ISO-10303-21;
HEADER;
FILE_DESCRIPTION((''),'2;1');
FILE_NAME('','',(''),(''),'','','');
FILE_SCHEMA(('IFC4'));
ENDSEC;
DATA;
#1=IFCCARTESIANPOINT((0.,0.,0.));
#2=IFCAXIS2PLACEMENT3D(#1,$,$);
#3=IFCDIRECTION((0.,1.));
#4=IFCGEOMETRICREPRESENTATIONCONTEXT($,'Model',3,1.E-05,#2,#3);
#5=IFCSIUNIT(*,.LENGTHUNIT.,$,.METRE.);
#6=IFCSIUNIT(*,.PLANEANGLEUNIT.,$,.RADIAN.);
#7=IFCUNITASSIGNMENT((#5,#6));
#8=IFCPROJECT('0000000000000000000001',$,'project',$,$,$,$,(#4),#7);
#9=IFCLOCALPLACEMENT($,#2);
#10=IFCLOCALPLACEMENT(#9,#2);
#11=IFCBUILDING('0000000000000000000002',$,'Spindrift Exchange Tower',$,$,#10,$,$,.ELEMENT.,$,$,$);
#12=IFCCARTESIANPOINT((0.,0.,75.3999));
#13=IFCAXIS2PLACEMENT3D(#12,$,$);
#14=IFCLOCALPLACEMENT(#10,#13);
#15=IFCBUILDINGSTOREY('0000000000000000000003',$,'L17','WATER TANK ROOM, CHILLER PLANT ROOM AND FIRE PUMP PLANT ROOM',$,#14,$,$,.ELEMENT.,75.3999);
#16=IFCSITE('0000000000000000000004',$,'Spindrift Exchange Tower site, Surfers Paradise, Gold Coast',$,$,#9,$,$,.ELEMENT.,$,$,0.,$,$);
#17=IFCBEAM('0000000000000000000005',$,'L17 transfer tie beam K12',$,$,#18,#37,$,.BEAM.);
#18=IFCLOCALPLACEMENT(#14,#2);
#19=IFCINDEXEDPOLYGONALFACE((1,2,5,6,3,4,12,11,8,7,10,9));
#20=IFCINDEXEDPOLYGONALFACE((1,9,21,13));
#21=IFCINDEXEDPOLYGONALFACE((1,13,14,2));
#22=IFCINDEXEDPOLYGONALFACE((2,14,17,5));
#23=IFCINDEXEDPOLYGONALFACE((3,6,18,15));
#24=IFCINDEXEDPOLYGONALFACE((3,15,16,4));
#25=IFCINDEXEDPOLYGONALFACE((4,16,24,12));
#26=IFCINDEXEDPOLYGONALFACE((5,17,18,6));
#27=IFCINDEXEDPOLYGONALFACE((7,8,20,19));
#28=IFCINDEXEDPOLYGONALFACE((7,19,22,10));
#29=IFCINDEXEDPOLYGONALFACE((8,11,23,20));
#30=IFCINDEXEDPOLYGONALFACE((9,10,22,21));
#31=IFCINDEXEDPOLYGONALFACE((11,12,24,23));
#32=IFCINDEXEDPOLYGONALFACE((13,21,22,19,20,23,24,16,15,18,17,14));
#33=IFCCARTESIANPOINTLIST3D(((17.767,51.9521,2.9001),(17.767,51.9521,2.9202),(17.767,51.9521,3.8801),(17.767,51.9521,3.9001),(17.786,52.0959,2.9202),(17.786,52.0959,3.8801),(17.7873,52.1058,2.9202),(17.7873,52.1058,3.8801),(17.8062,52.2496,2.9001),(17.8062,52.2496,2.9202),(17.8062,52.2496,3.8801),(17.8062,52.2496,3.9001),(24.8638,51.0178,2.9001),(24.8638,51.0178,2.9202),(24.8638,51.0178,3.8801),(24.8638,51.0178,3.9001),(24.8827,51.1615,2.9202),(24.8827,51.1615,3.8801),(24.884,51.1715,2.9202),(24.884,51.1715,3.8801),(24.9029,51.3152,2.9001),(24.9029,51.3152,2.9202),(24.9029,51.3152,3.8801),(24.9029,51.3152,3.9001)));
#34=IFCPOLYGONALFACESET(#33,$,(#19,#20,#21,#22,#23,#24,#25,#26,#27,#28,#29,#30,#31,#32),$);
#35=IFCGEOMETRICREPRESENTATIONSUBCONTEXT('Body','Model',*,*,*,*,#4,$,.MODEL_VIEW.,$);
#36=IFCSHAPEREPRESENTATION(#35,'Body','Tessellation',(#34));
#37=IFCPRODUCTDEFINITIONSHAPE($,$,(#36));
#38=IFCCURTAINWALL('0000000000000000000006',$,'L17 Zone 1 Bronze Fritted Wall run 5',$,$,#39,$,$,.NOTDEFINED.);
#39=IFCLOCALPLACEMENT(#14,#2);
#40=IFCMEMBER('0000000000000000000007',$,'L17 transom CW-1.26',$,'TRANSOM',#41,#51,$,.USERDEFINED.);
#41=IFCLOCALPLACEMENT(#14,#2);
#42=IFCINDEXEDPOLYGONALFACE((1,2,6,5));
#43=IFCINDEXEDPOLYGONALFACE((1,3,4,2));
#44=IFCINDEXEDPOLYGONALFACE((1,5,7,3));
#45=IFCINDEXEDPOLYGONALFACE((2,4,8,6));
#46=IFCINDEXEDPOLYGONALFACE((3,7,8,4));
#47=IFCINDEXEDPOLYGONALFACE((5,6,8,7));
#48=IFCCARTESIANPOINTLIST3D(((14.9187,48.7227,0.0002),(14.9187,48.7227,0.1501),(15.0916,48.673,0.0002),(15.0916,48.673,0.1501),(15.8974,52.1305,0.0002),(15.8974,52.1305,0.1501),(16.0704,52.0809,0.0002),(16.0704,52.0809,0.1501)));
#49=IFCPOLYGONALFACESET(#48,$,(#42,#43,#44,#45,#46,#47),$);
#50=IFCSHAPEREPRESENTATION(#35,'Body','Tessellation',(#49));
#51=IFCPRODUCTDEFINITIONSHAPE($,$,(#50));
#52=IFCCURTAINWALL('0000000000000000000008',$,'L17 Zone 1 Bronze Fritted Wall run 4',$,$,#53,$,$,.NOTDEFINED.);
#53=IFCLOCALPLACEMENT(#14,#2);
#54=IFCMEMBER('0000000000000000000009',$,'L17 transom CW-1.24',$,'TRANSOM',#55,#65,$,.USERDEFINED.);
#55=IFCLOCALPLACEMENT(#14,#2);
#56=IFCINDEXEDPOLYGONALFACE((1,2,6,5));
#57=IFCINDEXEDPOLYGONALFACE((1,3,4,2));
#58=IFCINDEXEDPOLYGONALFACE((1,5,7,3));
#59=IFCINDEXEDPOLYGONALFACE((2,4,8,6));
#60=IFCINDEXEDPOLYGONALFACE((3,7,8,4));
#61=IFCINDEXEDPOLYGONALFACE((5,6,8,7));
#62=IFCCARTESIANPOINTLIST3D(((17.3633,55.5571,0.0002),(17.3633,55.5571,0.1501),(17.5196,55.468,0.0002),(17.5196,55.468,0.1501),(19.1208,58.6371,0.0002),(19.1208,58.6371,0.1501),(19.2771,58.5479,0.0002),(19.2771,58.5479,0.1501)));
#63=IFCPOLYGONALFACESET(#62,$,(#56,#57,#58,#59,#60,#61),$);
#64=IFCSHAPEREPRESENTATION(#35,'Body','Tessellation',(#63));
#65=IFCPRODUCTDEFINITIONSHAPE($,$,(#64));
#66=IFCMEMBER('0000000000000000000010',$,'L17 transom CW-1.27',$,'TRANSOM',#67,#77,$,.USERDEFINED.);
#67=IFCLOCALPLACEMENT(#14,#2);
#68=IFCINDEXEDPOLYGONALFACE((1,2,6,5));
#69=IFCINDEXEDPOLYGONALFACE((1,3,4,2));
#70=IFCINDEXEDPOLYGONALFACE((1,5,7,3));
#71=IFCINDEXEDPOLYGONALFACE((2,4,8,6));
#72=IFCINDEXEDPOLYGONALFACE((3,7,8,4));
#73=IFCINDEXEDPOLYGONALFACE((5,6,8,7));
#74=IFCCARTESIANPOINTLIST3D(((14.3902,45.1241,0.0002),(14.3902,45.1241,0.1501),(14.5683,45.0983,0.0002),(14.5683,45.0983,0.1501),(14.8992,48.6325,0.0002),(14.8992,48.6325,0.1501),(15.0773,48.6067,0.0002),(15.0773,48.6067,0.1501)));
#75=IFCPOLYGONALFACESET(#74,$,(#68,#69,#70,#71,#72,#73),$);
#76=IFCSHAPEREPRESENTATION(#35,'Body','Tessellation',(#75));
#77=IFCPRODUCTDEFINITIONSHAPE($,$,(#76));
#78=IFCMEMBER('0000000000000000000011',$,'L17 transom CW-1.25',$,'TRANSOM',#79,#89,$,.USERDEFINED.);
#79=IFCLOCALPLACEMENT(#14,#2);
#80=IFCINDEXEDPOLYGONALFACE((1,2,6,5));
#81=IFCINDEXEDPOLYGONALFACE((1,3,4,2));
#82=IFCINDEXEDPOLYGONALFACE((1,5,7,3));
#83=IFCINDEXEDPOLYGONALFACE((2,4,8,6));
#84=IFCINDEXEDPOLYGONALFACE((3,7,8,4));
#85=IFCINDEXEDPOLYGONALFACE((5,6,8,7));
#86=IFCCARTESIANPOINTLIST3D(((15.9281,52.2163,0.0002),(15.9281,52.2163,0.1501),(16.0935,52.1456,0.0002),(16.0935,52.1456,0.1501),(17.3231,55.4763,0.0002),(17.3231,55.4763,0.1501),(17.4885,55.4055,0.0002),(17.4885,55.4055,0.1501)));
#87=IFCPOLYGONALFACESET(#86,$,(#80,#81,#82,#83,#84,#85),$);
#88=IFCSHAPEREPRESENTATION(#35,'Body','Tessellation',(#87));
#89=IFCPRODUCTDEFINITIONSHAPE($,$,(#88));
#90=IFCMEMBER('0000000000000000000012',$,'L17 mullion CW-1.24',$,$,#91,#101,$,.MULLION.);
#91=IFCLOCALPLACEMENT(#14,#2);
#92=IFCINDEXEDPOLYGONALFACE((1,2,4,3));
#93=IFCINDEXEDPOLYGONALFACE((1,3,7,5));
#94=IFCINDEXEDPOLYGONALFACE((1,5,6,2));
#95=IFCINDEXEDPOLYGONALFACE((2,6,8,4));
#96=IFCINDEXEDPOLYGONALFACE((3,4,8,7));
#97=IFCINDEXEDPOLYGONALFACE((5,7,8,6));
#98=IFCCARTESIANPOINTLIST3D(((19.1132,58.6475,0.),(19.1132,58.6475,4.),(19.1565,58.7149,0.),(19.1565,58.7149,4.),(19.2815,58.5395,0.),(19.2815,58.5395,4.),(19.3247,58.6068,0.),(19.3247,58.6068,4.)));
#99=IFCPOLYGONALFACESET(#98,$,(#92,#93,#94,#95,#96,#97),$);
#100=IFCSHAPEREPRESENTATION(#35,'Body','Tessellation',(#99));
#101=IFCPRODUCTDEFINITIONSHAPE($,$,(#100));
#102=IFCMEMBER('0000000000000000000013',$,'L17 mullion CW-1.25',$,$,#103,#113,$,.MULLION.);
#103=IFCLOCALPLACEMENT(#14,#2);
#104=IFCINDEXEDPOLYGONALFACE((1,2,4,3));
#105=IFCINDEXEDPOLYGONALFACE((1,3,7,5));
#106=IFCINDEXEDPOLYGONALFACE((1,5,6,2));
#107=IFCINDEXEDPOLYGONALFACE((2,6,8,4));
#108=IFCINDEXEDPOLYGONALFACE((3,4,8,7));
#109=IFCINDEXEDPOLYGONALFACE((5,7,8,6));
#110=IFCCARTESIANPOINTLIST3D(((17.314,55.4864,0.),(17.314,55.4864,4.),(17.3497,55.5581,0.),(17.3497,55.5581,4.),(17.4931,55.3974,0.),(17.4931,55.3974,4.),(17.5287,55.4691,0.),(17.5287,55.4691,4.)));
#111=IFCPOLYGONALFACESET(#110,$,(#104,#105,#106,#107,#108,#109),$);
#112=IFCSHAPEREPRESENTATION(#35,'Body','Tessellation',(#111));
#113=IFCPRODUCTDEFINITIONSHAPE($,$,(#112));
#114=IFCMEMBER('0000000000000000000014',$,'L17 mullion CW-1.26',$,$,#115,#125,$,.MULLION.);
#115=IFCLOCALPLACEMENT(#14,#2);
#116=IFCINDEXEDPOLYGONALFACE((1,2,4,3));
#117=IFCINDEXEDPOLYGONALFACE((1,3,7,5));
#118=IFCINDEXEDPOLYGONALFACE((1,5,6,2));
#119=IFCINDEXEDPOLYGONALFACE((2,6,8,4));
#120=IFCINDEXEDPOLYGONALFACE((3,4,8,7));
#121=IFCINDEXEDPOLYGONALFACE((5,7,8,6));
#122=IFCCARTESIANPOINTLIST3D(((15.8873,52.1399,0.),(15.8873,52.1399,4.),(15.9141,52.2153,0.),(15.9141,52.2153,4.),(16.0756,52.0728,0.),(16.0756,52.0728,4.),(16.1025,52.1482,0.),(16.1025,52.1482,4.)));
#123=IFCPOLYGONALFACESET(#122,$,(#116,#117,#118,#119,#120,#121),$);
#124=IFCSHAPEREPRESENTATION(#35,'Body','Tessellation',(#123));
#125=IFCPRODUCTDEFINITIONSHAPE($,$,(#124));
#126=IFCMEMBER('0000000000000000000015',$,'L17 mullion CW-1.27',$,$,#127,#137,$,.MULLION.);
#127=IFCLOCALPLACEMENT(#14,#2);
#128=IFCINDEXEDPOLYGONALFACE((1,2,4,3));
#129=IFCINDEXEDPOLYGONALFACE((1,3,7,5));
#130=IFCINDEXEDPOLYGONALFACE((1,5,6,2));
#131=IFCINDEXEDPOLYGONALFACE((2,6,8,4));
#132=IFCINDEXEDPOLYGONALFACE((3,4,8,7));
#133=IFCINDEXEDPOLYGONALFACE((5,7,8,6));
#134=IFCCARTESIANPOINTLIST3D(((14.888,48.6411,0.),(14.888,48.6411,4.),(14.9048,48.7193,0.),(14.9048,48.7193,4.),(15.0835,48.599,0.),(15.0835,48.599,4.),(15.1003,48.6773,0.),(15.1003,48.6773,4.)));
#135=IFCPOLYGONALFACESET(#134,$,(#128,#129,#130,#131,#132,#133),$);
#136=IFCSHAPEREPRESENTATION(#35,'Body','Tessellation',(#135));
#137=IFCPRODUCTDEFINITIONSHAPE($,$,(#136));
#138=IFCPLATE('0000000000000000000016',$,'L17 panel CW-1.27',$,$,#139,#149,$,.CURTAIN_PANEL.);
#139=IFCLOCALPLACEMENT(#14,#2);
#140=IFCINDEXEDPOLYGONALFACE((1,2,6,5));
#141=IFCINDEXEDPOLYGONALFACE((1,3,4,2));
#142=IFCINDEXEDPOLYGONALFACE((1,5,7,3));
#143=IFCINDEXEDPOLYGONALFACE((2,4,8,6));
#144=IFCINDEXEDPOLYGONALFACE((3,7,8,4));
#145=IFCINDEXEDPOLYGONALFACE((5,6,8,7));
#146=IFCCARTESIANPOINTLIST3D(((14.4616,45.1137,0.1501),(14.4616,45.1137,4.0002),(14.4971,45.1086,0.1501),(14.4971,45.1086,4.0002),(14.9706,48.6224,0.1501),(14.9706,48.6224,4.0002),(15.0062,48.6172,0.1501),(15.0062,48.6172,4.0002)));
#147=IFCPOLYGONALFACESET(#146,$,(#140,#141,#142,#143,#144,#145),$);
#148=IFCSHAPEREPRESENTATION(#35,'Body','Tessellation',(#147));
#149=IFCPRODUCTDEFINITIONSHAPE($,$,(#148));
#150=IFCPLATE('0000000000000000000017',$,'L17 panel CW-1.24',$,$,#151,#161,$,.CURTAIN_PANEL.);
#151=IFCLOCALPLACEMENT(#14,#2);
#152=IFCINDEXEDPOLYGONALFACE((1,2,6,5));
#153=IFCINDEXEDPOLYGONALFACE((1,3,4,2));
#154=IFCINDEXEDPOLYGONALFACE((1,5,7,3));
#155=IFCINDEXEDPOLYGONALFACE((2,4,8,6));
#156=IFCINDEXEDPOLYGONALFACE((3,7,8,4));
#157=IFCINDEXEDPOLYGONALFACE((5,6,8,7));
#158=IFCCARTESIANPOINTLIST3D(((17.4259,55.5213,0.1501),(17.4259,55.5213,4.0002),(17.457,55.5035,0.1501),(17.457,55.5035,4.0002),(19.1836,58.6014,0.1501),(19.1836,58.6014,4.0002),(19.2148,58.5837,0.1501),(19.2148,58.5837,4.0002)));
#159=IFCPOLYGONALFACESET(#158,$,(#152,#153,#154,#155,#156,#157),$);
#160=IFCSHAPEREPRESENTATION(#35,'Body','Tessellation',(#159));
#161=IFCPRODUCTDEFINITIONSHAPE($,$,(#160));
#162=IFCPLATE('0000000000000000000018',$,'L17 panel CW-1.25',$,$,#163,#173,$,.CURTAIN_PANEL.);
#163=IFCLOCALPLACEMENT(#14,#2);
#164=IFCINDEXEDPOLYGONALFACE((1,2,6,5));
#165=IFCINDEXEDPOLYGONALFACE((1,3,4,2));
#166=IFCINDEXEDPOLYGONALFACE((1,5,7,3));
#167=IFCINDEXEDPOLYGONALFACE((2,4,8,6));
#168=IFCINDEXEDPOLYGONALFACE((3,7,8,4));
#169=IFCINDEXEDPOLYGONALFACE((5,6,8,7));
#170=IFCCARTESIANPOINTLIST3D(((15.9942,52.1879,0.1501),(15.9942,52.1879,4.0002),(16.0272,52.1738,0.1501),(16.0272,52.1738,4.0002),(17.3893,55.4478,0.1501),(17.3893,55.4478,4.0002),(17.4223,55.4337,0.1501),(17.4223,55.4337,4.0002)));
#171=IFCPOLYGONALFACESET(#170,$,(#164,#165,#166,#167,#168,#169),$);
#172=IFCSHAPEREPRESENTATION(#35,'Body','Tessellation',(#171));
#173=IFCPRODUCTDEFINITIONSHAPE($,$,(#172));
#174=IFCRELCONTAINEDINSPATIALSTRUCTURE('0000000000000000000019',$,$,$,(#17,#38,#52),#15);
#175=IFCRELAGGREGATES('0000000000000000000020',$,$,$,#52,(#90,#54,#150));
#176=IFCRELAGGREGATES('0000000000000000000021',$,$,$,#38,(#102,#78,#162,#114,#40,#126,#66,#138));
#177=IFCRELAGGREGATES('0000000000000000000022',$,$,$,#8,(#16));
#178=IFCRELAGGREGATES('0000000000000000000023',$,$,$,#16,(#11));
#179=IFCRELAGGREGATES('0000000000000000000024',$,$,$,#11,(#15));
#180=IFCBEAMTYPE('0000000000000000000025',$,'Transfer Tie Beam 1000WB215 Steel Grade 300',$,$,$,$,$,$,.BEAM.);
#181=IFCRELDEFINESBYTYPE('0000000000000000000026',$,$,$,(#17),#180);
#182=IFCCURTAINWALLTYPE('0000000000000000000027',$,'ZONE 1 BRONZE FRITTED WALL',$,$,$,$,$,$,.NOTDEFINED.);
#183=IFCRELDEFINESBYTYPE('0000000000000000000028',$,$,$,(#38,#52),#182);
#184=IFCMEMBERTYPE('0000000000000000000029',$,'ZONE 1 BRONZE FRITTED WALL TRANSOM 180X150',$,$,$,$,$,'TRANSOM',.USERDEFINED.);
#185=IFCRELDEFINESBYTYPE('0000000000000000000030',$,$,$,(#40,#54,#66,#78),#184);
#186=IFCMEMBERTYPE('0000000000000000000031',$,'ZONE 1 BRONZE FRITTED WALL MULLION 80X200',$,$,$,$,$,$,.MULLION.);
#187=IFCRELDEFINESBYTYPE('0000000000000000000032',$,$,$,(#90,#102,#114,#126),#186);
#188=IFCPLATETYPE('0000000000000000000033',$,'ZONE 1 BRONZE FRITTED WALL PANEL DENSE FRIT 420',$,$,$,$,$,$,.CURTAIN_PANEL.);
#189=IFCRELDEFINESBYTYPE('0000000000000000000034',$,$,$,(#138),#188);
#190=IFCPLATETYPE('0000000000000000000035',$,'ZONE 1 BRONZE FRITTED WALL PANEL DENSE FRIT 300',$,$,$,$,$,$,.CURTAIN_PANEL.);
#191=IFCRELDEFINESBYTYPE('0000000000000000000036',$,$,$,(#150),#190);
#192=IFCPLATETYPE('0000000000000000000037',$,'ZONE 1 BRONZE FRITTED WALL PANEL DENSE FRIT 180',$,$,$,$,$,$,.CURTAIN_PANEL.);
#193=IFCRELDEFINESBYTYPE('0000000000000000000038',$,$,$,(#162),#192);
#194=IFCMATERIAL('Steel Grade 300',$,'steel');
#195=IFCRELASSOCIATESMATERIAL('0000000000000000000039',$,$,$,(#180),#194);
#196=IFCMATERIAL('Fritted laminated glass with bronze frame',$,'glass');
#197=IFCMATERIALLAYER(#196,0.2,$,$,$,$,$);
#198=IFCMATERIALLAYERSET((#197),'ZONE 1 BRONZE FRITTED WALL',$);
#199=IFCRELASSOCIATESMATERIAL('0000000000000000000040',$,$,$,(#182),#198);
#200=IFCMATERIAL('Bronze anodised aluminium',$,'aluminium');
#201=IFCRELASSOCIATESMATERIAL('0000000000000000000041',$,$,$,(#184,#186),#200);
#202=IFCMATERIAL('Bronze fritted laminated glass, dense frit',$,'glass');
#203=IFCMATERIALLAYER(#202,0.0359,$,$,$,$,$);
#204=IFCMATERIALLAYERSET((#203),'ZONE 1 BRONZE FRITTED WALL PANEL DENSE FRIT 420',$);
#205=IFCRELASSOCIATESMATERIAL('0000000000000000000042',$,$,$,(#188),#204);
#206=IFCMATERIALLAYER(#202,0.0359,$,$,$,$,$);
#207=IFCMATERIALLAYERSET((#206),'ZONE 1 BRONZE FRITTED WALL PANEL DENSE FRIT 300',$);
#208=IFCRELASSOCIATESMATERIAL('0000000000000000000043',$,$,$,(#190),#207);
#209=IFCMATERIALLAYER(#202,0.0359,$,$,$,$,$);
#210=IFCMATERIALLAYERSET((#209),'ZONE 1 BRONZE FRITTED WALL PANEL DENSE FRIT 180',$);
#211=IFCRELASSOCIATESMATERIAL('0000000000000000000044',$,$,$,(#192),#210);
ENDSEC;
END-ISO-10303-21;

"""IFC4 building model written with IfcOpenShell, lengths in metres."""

from ifc_helpers import new_model, si_unit, direction, frame, origin, origin_2d, place, context, subcontext, project, spatial, rectangle, i_section, extrude, source, transform, mapped, material, layer, layer_set, material_profile, profile_set, type_object, element, aggregate, save


model = new_model("IFC4")

# Units and contexts
model_context = context("Model", 3, precision=1e-05, world=origin(), true_north=direction((0.0, 1.0)))
body_context = subcontext(model_context, "Body", "Model", "MODEL_VIEW")
ifc_project = project(units=[si_unit("LENGTHUNIT", "METRE"), si_unit("PLANEANGLEUNIT", "RADIAN")], contexts=[model_context])

# Site, building, storey
site_placement = place(None, origin())
site = spatial("IfcSite", under=ifc_project, at=site_placement, Name="Spindrift Exchange Tower site, Surfers Paradise, Gold Coast", CompositionType="ELEMENT", RefElevation=0.0)
building_placement = place(site_placement, origin())
building = spatial("IfcBuilding", under=site, at=building_placement, Name="Spindrift Exchange Tower", CompositionType="ELEMENT")
storey_placement = place(building_placement, frame((0.0, 0.0, 75.3999)))
storey = spatial("IfcBuildingStorey", under=building, at=storey_placement, Name="L17", Description="WATER TANK ROOM, CHILLER PLANT ROOM AND FIRE PUMP PLANT ROOM", CompositionType="ELEMENT", Elevation=75.3999)

# Shared definitions
ifc_material_1 = material(Name="Steel Grade 300", Category="steel")

# Beam
ifc_material_profile_1 = material_profile(ifc_material_1, i_section(OverallWidth=0.3, OverallDepth=1.0, WebThickness=0.01, FlangeThickness=0.02, at=origin_2d()), Name="1000WB215")
ifc_profile_set_1 = profile_set([ifc_material_profile_1], Name="Steel Grade 300")
beam_type_1 = type_object("IfcBeamType", Name="Transfer Tie Beam 1000WB215 Steel Grade 300", PredefinedType="BEAM", material=ifc_profile_set_1)
shared_shape_1 = source(origin(), body_context, "Body", "SweptSolid", [
    extrude(i_section(OverallWidth=0.3, OverallDepth=1.0, WebThickness=0.01, FlangeThickness=0.02, at=origin_2d()), origin(), (0.0, 0.0, 1.0), 7.158),
])
beam_1_placement = place(storey_placement, frame((17.7866, 52.1008, 3.4001), z_axis=(0.991444, -0.13053, 0.0), x_axis=(0.13053, 0.991444, 0.0)))
element("IfcBeam", 1, at=beam_1_placement, inside=storey, type_object=beam_type_1, Name="L17 transfer tie beam K12", PredefinedType="BEAM", context=body_context, shape_type="MappedRepresentation", body=[
    mapped(shared_shape_1, transform((0.0, 0.0, 0.0), scale=1.0)),
])

# Curtain walls, members
ifc_material_2 = material(Name="Fritted laminated glass with bronze frame", Category="glass")
ifc_layer_1 = layer(ifc_material_2, 0.2)
ifc_layer_set_1 = layer_set([ifc_layer_1], Name="ZONE 1 BRONZE FRITTED WALL")
curtain_wall_type = type_object("IfcCurtainWallType", Name="ZONE 1 BRONZE FRITTED WALL", PredefinedType="NOTDEFINED", material=ifc_layer_set_1)
curtain_wall_1_placement = place(storey_placement, origin())
curtain_wall_1 = element("IfcCurtainWall", 2, at=curtain_wall_1_placement, inside=storey, type_object=curtain_wall_type, Name="L17 Zone 1 Bronze Fritted Wall run 5", PredefinedType="NOTDEFINED")
ifc_material_3 = material(Name="Bronze anodised aluminium", Category="aluminium")
ifc_material_profile_2 = material_profile(ifc_material_3, rectangle(XDim=0.1799, YDim=0.1499, at=origin_2d()), Name="ZONE 1 BRONZE FRITTED WALL TRANSOM 180X150")
ifc_profile_set_2 = profile_set([ifc_material_profile_2], Name="Bronze anodised aluminium")
member_type_1 = type_object("IfcMemberType", Name="ZONE 1 BRONZE FRITTED WALL TRANSOM 180X150", ElementType="TRANSOM", PredefinedType="USERDEFINED", material=ifc_profile_set_2)
shared_shape_2 = source(origin(), body_context, "Body", "SweptSolid", [
    extrude(rectangle(XDim=0.1799, YDim=0.1499, at=origin_2d()), origin(), (0.0, 0.0, 1.0), 3.5457),
])
member_1_placement = place(storey_placement, frame((15.9839, 52.1057, 0.0752), z_axis=(-0.27604, -0.961146, 0.0), x_axis=(0.961146, -0.27604, 0.0)))
member_1 = element("IfcMember", 3, at=member_1_placement, type_object=member_type_1, Name="L17 transom CW-1.26", ObjectType="TRANSOM", PredefinedType="USERDEFINED", context=body_context, shape_type="MappedRepresentation", body=[
    mapped(shared_shape_2, transform((0.0, 0.0, 0.0), scale=1.0)),
])
curtain_wall_2_placement = place(storey_placement, origin())
curtain_wall_2 = element("IfcCurtainWall", 4, at=curtain_wall_2_placement, inside=storey, type_object=curtain_wall_type, Name="L17 Zone 1 Bronze Fritted Wall run 4", PredefinedType="NOTDEFINED")
shared_shape_3 = source(origin(), body_context, "Body", "SweptSolid", [
    extrude(rectangle(XDim=0.1799, YDim=0.1499, at=origin_2d()), origin(), (0.0, 0.0, 1.0), 3.5461),
])
member_2_placement = place(storey_placement, frame((19.199, 58.5925, 0.0752), z_axis=(-0.495612, -0.868544, 0.0), x_axis=(0.868544, -0.495612, 0.0)))
member_2 = element("IfcMember", 5, at=member_2_placement, type_object=member_type_1, Name="L17 transom CW-1.24", ObjectType="TRANSOM", PredefinedType="USERDEFINED", context=body_context, shape_type="MappedRepresentation", body=[
    mapped(shared_shape_3, transform((0.0, 0.0, 0.0), scale=1.0)),
])

# Members
shared_shape_4 = source(origin(), body_context, "Body", "SweptSolid", [
    extrude(rectangle(XDim=0.1799, YDim=0.1499, at=origin_2d()), origin(), (0.0, 0.0, 1.0), 3.5452),
])
member_3_placement = place(storey_placement, frame((14.9883, 48.6196, 0.0752), z_axis=(-0.143581, -0.989639, 0.0), x_axis=(0.989639, -0.143581, 0.0)))
member_3 = element("IfcMember", 6, at=member_3_placement, type_object=member_type_1, Name="L17 transom CW-1.27", ObjectType="TRANSOM", PredefinedType="USERDEFINED", context=body_context, shape_type="MappedRepresentation", body=[
    mapped(shared_shape_4, transform((0.0, 0.0, 0.0), scale=1.0)),
])
shared_shape_5 = source(origin(), body_context, "Body", "SweptSolid", [
    extrude(rectangle(XDim=0.1799, YDim=0.1499, at=origin_2d()), origin(), (0.0, 0.0, 1.0), 3.5459),
])
member_4_placement = place(storey_placement, frame((17.4058, 55.4409, 0.0752), z_axis=(-0.393412, -0.919362, 0.0), x_axis=(0.919362, -0.393412, 0.0)))
member_4 = element("IfcMember", 7, at=member_4_placement, type_object=member_type_1, Name="L17 transom CW-1.25", ObjectType="TRANSOM", PredefinedType="USERDEFINED", context=body_context, shape_type="MappedRepresentation", body=[
    mapped(shared_shape_5, transform((0.0, 0.0, 0.0), scale=1.0)),
])
ifc_material_profile_3 = material_profile(ifc_material_3, rectangle(XDim=0.0801, YDim=0.2, at=origin_2d()), Name="ZONE 1 BRONZE FRITTED WALL MULLION 80X200")
ifc_profile_set_3 = profile_set([ifc_material_profile_3], Name="Bronze anodised aluminium")
member_type_2 = type_object("IfcMemberType", Name="ZONE 1 BRONZE FRITTED WALL MULLION 80X200", PredefinedType="MULLION", material=ifc_profile_set_3)
shared_shape_6 = source(origin(), body_context, "Body", "SweptSolid", [
    extrude(rectangle(XDim=0.0801, YDim=0.2, at=origin_2d()), origin(), (0.0, 0.0, 1.0), 4.0),
])
member_5_placement = place(storey_placement, frame((19.219, 58.6272, 0.0), z_axis=(0.0, 0.0, 1.0), x_axis=(-0.540511, -0.841337, 0.0)))
member_5 = element("IfcMember", 8, at=member_5_placement, type_object=member_type_2, Name="L17 mullion CW-1.24", PredefinedType="MULLION", context=body_context, shape_type="MappedRepresentation", body=[
    mapped(shared_shape_6, transform((0.0, 0.0, 0.0), scale=1.0)),
])
member_6_placement = place(storey_placement, frame((17.4214, 55.4778, 0.0), z_axis=(0.0, 0.0, 1.0), x_axis=(-0.445265, -0.895399, 0.0)))
member_6 = element("IfcMember", 9, at=member_6_placement, type_object=member_type_2, Name="L17 mullion CW-1.25", PredefinedType="MULLION", context=body_context, shape_type="MappedRepresentation", body=[
    mapped(shared_shape_6, transform((0.0, 0.0, 0.0), scale=1.0)),
])
member_7_placement = place(storey_placement, frame((15.9949, 52.144, 0.0), z_axis=(0.0, 0.0, 1.0), x_axis=(-0.335384, -0.942081, 0.0)))
member_7 = element("IfcMember", 10, at=member_7_placement, type_object=member_type_2, Name="L17 mullion CW-1.26", PredefinedType="MULLION", context=body_context, shape_type="MappedRepresentation", body=[
    mapped(shared_shape_6, transform((0.0, 0.0, 0.0), scale=1.0)),
])
member_8_placement = place(storey_placement, frame((14.9941, 48.6592, 0.0), z_axis=(0.0, 0.0, 1.0), x_axis=(-0.210287, -0.97764, 0.0)))
member_8 = element("IfcMember", 11, at=member_8_placement, type_object=member_type_2, Name="L17 mullion CW-1.27", PredefinedType="MULLION", context=body_context, shape_type="MappedRepresentation", body=[
    mapped(shared_shape_6, transform((0.0, 0.0, 0.0), scale=1.0)),
])

# Plates
ifc_material_4 = material(Name="Bronze fritted laminated glass, dense frit", Category="glass")
ifc_layer_2 = layer(ifc_material_4, 0.0359)
ifc_layer_set_2 = layer_set([ifc_layer_2], Name="ZONE 1 BRONZE FRITTED WALL PANEL DENSE FRIT 420")
plate_type_1 = type_object("IfcPlateType", Name="ZONE 1 BRONZE FRITTED WALL PANEL DENSE FRIT 420", PredefinedType="CURTAIN_PANEL", material=ifc_layer_set_2)
shared_shape_7 = source(origin(), body_context, "Body", "SweptSolid", [
    extrude(rectangle(XDim=3.5454, YDim=0.0359, at=origin_2d()), origin(), (0.0, 0.0, 1.0), 3.8501),
])
plate_1_placement = place(storey_placement, frame((14.7339, 46.8655, 0.1501), z_axis=(0.0, 0.0, 1.0), x_axis=(-0.143576, -0.989639, 0.0)))
plate_1 = element("IfcPlate", 12, at=plate_1_placement, type_object=plate_type_1, Name="L17 panel CW-1.27", PredefinedType="CURTAIN_PANEL", context=body_context, shape_type="MappedRepresentation", body=[
    mapped(shared_shape_7, transform((0.0, 0.0, 0.0), scale=1.0)),
])
ifc_layer_3 = layer(ifc_material_4, 0.0359)
ifc_layer_set_3 = layer_set([ifc_layer_3], Name="ZONE 1 BRONZE FRITTED WALL PANEL DENSE FRIT 300")
plate_type_2 = type_object("IfcPlateType", Name="ZONE 1 BRONZE FRITTED WALL PANEL DENSE FRIT 300", PredefinedType="CURTAIN_PANEL", material=ifc_layer_set_3)
shared_shape_8 = source(origin(), body_context, "Body", "SweptSolid", [
    extrude(rectangle(XDim=3.5464, YDim=0.0359, at=origin_2d()), origin(), (0.0, 0.0, 1.0), 3.8501),
])
plate_2_placement = place(storey_placement, frame((18.3203, 57.0525, 0.1501), z_axis=(0.0, 0.0, 1.0), x_axis=(-0.495647, -0.868524, 0.0)))
plate_2 = element("IfcPlate", 13, at=plate_2_placement, type_object=plate_type_2, Name="L17 panel CW-1.24", PredefinedType="CURTAIN_PANEL", context=body_context, shape_type="MappedRepresentation", body=[
    mapped(shared_shape_8, transform((0.0, 0.0, 0.0), scale=1.0)),
])
aggregate(curtain_wall_2, [member_5, member_2, plate_2])
ifc_layer_4 = layer(ifc_material_4, 0.0359)
ifc_layer_set_4 = layer_set([ifc_layer_4], Name="ZONE 1 BRONZE FRITTED WALL PANEL DENSE FRIT 180")
plate_type_3 = type_object("IfcPlateType", Name="ZONE 1 BRONZE FRITTED WALL PANEL DENSE FRIT 180", PredefinedType="CURTAIN_PANEL", material=ifc_layer_set_4)
shared_shape_9 = source(origin(), body_context, "Body", "SweptSolid", [
    extrude(rectangle(XDim=3.5459, YDim=0.0359, at=origin_2d()), origin(), (0.0, 0.0, 1.0), 3.8501),
])
plate_3_placement = place(storey_placement, frame((16.7083, 53.8108, 0.1501), z_axis=(0.0, 0.0, 1.0), x_axis=(-0.393433, -0.919353, 0.0)))
plate_3 = element("IfcPlate", 14, at=plate_3_placement, type_object=plate_type_3, Name="L17 panel CW-1.25", PredefinedType="CURTAIN_PANEL", context=body_context, shape_type="MappedRepresentation", body=[
    mapped(shared_shape_9, transform((0.0, 0.0, 0.0), scale=1.0)),
])
aggregate(curtain_wall_1, [member_6, member_4, plate_3, member_7, member_1, member_8, member_3, plate_1])

save(model, "model.ifc")
